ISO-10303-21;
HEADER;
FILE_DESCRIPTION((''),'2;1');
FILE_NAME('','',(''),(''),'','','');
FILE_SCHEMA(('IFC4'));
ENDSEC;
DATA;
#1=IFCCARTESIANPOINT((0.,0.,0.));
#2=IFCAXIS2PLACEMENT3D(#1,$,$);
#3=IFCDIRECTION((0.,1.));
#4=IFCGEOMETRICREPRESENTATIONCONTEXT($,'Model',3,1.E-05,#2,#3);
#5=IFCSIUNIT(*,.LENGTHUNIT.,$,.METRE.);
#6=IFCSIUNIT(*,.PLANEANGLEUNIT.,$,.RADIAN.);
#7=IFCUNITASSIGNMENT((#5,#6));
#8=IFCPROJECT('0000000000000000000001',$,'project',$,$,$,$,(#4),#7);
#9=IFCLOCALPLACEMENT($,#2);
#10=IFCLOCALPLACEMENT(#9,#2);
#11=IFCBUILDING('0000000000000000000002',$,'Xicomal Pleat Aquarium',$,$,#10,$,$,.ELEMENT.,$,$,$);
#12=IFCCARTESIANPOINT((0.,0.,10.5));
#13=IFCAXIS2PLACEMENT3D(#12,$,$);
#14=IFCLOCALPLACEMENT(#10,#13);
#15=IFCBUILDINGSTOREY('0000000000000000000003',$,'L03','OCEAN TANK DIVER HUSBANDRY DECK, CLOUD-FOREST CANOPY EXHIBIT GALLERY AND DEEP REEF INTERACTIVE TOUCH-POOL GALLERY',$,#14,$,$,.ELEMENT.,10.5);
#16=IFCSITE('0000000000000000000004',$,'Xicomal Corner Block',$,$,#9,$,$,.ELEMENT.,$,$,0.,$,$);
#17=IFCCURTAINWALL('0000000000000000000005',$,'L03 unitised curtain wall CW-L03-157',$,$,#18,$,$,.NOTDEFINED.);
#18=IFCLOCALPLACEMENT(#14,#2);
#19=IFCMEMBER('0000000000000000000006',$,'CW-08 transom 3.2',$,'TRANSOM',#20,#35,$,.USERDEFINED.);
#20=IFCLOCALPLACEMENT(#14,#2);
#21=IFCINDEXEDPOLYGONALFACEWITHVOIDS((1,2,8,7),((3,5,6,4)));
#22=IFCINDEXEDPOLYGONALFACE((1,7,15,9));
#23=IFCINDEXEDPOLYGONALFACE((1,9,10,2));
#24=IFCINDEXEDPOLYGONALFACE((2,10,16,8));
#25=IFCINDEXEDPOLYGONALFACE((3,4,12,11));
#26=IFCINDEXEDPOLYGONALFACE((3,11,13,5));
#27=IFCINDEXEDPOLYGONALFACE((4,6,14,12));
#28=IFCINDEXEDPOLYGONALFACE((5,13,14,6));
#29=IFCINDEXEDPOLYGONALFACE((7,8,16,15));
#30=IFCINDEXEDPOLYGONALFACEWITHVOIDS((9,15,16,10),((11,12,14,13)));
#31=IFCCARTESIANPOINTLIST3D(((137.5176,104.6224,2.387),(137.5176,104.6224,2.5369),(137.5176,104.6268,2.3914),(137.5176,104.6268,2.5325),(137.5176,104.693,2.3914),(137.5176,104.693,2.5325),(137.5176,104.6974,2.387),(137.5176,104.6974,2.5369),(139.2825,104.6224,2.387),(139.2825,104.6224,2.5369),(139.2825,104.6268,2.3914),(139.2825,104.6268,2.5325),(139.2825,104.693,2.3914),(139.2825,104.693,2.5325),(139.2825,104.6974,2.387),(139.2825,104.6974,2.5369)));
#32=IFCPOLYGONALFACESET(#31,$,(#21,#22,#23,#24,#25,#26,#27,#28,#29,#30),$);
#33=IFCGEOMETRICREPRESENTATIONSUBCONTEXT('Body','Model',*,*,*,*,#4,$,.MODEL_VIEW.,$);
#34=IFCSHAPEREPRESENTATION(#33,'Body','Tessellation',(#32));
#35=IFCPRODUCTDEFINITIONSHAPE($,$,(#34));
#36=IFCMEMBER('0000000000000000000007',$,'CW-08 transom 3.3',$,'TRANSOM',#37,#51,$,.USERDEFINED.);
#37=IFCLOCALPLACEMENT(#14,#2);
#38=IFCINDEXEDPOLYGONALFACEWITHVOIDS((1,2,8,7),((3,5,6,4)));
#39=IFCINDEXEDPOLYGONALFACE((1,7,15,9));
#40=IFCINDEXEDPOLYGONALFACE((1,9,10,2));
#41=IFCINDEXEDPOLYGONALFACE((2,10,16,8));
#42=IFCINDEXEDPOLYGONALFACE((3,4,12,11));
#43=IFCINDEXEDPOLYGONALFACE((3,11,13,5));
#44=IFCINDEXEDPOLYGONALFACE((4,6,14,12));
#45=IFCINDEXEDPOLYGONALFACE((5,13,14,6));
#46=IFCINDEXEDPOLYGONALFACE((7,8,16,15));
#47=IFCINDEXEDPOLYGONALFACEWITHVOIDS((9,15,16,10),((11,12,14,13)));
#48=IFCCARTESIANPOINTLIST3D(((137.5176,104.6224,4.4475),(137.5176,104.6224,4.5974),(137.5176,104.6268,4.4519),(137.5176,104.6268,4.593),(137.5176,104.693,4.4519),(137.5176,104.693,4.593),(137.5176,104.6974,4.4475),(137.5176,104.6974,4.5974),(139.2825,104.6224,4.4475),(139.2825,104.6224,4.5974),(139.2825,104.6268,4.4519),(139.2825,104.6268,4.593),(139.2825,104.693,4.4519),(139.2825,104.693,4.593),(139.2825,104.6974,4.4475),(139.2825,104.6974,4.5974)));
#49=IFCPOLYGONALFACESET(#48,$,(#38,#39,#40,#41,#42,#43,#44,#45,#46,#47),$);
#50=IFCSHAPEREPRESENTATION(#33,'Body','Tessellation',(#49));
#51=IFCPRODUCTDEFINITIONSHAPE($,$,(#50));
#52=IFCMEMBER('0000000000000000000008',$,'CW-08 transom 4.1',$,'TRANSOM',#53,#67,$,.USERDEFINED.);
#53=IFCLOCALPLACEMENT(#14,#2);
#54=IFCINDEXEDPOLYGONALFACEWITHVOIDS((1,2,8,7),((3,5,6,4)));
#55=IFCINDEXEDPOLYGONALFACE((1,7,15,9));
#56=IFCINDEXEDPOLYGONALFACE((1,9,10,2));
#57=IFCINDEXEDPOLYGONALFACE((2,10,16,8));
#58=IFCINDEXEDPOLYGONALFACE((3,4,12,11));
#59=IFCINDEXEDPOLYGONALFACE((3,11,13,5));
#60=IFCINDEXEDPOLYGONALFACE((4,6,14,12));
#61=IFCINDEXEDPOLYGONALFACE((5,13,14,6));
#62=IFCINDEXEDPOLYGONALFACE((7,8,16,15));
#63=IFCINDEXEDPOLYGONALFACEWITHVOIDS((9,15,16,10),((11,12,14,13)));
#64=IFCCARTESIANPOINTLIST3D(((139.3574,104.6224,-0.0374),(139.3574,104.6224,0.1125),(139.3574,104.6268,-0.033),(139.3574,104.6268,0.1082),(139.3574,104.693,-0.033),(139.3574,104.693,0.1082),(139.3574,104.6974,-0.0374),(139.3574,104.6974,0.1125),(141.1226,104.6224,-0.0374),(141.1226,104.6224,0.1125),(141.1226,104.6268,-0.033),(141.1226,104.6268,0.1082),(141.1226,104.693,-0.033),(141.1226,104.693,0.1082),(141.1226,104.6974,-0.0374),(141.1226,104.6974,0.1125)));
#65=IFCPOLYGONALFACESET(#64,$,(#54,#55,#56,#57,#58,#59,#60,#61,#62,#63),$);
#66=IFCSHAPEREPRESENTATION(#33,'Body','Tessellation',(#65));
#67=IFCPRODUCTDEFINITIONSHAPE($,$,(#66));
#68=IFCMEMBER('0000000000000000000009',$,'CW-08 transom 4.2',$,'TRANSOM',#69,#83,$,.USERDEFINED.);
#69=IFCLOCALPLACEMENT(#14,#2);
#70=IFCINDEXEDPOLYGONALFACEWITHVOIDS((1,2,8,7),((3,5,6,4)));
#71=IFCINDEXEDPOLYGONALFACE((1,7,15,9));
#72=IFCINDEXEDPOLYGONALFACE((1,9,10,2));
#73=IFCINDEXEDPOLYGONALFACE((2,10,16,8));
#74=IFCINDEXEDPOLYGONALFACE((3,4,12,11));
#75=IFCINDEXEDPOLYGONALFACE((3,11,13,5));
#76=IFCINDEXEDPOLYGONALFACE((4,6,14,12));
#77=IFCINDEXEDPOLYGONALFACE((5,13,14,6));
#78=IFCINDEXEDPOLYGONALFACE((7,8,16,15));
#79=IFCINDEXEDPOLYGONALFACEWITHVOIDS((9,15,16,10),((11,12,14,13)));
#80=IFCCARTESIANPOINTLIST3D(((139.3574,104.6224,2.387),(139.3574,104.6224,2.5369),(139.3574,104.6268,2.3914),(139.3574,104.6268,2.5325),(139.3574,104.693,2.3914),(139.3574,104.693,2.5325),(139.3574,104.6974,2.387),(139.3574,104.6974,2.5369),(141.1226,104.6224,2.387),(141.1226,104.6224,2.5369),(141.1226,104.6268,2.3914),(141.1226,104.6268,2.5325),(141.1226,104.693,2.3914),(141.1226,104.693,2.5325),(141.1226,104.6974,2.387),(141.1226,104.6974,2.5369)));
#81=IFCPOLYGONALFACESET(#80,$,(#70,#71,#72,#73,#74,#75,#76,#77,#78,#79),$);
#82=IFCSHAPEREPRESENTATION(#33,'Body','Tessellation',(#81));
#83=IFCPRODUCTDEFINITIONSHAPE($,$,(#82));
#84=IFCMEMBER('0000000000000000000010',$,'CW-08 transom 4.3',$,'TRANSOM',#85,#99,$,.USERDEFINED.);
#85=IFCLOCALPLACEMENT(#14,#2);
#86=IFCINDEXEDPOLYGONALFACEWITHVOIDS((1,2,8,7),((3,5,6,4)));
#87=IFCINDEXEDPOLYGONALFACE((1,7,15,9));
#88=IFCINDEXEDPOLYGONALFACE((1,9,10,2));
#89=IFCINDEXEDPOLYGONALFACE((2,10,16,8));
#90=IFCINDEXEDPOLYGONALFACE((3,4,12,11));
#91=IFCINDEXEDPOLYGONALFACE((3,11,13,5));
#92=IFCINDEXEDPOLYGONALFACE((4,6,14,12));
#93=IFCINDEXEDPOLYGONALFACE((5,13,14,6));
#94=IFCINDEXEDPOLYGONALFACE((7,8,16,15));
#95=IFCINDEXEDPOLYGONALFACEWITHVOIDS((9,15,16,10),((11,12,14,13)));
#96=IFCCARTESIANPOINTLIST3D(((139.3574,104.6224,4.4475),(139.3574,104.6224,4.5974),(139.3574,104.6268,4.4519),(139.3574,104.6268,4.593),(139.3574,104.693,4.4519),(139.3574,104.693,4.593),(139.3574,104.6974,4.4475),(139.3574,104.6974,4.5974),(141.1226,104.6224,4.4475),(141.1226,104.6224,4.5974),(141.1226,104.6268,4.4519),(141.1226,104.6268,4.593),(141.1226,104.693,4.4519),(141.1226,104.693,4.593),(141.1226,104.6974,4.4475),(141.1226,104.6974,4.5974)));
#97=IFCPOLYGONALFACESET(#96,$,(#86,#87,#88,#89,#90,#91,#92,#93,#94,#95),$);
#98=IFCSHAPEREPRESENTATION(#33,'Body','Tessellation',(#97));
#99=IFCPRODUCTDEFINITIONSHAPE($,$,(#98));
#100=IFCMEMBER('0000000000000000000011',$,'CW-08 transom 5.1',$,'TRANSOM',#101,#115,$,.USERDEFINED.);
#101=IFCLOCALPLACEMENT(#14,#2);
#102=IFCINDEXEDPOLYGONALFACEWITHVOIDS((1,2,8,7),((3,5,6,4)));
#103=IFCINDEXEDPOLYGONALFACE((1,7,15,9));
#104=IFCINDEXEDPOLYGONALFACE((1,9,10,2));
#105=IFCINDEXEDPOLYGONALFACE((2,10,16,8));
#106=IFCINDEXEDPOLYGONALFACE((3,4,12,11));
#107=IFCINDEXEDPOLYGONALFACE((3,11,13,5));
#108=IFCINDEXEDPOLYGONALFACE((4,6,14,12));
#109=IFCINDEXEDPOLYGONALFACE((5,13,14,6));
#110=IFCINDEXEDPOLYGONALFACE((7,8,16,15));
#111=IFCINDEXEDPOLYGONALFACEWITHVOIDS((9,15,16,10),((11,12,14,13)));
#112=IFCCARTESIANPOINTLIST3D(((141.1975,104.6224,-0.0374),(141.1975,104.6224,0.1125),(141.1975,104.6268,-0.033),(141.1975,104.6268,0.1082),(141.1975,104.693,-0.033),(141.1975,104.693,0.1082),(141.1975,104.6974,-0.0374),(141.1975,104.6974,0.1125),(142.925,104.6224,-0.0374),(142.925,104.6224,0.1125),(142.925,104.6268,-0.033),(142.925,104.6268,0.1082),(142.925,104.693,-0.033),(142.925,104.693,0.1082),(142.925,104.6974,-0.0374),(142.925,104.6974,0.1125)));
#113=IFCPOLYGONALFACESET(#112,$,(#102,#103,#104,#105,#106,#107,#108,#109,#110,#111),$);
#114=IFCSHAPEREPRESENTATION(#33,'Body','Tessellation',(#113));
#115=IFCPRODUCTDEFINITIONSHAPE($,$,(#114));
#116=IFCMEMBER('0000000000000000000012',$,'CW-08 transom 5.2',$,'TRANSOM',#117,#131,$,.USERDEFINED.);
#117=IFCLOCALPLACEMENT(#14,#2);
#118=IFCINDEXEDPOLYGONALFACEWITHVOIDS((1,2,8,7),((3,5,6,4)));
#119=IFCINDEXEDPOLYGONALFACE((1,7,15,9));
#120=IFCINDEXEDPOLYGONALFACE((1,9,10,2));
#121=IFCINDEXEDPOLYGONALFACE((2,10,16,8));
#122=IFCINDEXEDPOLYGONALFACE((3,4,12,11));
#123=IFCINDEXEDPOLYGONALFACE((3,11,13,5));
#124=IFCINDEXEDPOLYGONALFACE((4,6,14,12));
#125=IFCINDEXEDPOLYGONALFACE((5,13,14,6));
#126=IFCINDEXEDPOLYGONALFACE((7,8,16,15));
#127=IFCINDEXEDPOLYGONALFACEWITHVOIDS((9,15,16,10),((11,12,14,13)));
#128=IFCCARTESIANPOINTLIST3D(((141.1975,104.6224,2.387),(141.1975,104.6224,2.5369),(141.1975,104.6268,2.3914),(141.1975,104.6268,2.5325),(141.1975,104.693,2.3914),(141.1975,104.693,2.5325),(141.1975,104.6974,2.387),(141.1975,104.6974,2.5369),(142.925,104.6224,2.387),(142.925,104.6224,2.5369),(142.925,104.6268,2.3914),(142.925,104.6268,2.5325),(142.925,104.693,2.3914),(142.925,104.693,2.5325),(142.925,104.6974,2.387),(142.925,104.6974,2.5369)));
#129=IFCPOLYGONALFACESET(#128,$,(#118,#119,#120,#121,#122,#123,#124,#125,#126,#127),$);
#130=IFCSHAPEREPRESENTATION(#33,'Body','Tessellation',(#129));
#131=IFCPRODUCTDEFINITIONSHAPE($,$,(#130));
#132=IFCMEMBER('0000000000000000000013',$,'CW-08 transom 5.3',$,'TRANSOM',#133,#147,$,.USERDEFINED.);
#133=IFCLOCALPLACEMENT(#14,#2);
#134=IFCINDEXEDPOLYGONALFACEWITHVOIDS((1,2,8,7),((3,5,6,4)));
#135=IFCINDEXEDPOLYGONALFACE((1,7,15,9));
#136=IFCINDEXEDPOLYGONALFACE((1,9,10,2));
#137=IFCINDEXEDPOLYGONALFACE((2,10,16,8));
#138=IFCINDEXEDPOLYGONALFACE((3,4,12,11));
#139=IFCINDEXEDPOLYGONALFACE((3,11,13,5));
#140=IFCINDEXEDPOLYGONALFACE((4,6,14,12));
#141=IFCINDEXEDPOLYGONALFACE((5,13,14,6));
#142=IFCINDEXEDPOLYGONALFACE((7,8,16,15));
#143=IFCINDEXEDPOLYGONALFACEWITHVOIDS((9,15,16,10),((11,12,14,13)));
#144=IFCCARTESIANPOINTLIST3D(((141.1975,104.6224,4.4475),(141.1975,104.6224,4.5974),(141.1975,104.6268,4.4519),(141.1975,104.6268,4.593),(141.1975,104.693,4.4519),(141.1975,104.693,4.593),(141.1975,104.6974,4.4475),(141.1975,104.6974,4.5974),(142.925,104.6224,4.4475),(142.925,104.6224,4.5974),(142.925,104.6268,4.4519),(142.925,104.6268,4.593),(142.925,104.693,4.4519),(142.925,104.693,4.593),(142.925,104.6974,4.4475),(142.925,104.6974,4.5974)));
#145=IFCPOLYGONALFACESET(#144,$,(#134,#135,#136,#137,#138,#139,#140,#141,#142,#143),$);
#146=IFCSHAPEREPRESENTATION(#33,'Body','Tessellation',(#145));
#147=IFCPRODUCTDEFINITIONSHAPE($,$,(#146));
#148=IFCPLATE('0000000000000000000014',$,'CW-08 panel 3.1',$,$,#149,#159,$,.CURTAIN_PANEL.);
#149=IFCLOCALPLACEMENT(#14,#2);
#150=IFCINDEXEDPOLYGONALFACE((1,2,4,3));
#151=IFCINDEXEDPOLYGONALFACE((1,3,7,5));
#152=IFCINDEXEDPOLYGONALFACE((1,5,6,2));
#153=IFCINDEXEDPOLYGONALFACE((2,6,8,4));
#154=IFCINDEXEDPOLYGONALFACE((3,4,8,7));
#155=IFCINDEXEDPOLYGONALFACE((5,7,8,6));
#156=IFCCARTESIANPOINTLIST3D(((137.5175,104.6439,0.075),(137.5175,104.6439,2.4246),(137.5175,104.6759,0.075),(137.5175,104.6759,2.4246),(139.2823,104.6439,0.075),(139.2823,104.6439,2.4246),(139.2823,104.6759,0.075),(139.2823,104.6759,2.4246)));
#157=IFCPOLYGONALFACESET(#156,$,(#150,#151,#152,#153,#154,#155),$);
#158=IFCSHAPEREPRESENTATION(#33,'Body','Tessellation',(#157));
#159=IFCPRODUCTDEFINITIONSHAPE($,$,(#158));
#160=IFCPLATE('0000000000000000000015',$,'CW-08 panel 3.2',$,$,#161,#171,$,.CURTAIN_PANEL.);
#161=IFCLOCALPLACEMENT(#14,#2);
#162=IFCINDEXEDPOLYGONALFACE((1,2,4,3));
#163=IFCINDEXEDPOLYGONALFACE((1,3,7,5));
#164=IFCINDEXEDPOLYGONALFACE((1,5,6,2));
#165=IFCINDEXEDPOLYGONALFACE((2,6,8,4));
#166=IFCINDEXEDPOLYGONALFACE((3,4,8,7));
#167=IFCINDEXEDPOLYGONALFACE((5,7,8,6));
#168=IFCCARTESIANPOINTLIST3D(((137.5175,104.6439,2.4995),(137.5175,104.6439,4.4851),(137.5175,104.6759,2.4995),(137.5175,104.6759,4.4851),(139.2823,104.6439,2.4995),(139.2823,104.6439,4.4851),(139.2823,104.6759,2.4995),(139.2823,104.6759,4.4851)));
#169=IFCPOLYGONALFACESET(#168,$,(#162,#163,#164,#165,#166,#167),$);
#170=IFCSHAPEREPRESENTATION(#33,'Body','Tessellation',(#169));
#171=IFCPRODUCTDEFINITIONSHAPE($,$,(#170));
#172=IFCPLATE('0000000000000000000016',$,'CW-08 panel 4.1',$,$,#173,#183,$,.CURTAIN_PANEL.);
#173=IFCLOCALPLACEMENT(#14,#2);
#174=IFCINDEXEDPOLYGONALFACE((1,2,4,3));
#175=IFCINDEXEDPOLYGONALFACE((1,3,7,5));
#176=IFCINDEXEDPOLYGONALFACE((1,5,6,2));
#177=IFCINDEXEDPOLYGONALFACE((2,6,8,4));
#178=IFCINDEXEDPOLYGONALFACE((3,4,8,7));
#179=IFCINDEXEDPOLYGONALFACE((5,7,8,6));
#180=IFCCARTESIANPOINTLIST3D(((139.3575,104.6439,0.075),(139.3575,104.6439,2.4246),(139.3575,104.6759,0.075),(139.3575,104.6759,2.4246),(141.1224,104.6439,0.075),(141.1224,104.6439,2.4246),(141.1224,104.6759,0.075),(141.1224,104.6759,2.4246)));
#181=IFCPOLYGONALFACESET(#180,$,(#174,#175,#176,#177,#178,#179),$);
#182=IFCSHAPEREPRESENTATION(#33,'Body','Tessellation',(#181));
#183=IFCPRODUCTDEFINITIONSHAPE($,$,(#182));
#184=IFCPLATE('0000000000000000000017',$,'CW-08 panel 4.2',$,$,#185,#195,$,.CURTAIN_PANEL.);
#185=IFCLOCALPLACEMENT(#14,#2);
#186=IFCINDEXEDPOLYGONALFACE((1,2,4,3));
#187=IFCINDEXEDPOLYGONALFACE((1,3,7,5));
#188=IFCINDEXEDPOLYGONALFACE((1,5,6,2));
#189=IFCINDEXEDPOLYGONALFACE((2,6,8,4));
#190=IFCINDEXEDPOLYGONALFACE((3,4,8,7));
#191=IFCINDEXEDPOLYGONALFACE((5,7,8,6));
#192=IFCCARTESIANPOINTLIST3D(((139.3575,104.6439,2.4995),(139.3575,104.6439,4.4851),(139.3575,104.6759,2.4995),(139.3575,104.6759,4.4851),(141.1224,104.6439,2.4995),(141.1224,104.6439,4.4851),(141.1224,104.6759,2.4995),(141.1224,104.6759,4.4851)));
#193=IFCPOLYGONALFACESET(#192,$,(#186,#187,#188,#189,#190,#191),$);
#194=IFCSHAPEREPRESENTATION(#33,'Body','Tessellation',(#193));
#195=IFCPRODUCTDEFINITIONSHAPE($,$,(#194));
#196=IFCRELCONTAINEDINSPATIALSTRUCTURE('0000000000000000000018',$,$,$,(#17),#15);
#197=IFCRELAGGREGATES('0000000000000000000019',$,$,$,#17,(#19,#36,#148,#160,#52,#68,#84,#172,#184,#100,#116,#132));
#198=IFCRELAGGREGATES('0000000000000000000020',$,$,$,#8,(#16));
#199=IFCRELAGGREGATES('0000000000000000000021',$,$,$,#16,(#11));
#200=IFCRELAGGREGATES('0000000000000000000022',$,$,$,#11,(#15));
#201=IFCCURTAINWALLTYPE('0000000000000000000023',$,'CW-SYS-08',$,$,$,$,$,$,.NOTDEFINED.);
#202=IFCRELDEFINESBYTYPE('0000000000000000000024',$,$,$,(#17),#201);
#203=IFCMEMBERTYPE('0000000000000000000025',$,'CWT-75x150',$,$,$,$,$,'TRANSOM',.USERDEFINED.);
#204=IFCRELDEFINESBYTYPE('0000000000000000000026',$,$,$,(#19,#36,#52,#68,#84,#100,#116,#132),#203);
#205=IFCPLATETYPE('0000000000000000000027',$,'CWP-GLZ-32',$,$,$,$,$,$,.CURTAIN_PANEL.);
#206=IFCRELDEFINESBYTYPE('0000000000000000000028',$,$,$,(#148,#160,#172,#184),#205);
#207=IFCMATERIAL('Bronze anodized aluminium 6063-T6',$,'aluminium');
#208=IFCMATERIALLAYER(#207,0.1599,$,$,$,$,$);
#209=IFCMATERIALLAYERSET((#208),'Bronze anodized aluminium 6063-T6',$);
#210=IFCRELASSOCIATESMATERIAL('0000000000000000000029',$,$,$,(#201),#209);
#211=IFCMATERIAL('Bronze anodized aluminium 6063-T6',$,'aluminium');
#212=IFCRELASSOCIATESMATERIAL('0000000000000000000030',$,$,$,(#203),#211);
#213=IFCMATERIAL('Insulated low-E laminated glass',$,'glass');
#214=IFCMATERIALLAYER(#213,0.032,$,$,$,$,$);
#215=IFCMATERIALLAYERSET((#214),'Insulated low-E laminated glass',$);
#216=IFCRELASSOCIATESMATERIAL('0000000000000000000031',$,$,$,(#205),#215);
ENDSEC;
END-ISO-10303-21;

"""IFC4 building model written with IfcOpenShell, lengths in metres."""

from ifc_helpers import new_model, si_unit, direction, frame, origin, origin_2d, place, context, subcontext, project, spatial, rectangle, hollow_rectangle, extrude, material, layer, layer_set, material_profile, profile_set, type_object, element, aggregate, save


model = new_model("IFC4")

# Units and contexts
model_context = context("Model", 3, precision=1e-05, world=origin(), true_north=direction((0.0, 1.0)))
body_context = subcontext(model_context, "Body", "Model", "MODEL_VIEW")
ifc_project = project(units=[si_unit("LENGTHUNIT", "METRE"), si_unit("PLANEANGLEUNIT", "RADIAN")], contexts=[model_context])

# Site, building, storey
site_placement = place(None, origin())
site = spatial("IfcSite", under=ifc_project, at=site_placement, Name="Xicomal Corner Block", CompositionType="ELEMENT", RefElevation=0.0)
building_placement = place(site_placement, origin())
building = spatial("IfcBuilding", under=site, at=building_placement, Name="Xicomal Pleat Aquarium", CompositionType="ELEMENT")
storey_placement = place(building_placement, frame((0.0, 0.0, 10.5)))
storey = spatial("IfcBuildingStorey", under=building, at=storey_placement, Name="L03", Description="OCEAN TANK DIVER HUSBANDRY DECK, CLOUD-FOREST CANOPY EXHIBIT GALLERY AND DEEP REEF INTERACTIVE TOUCH-POOL GALLERY", CompositionType="ELEMENT", Elevation=10.5)

# Curtain wall, members, plates
ifc_material_1 = material(Name="Bronze anodized aluminium 6063-T6", Category="aluminium")
ifc_layer_1 = layer(ifc_material_1, 0.1599)
ifc_layer_set_1 = layer_set([ifc_layer_1], Name="Bronze anodized aluminium 6063-T6")
curtain_wall_type = type_object("IfcCurtainWallType", Name="CW-SYS-08", PredefinedType="NOTDEFINED", material=ifc_layer_set_1)
curtain_wall_placement = place(storey_placement, origin())
curtain_wall = element("IfcCurtainWall", 1, at=curtain_wall_placement, inside=storey, type_object=curtain_wall_type, Name="L03 unitised curtain wall CW-L03-157", PredefinedType="NOTDEFINED")
ifc_material_2 = material(Name="Bronze anodized aluminium 6063-T6", Category="aluminium")
ifc_material_profile_1 = material_profile(ifc_material_2, hollow_rectangle(XDim=0.075, YDim=0.1499, WallThickness=0.0044, at=origin_2d()), Name="ALU TRAN 75x150")
ifc_profile_set_1 = profile_set([ifc_material_profile_1], Name="Bronze anodized aluminium 6063-T6")
member_type_1 = type_object("IfcMemberType", Name="CWT-75x150", ElementType="TRANSOM", PredefinedType="USERDEFINED", material=ifc_profile_set_1)
member_1_placement = place(storey_placement, frame((137.5176, 104.6599, 2.4619), z_axis=(1.0, 0.0, 0.0), x_axis=(0.0, 1.0, 0.0)))
member_1 = element("IfcMember", 2, at=member_1_placement, type_object=member_type_1, Name="CW-08 transom 3.2", ObjectType="TRANSOM", PredefinedType="USERDEFINED", context=body_context, shape_type="SweptSolid", body=[
    extrude(hollow_rectangle(XDim=0.075, YDim=0.1499, WallThickness=0.0044, at=origin_2d()), origin(), (0.0, 0.0, 1.0), 1.7649),
])
member_2_placement = place(storey_placement, frame((137.5176, 104.6599, 4.5225), z_axis=(1.0, 0.0, 0.0), x_axis=(0.0, 1.0, 0.0)))
member_2 = element("IfcMember", 3, at=member_2_placement, type_object=member_type_1, Name="CW-08 transom 3.3", ObjectType="TRANSOM", PredefinedType="USERDEFINED", context=body_context, shape_type="SweptSolid", body=[
    extrude(hollow_rectangle(XDim=0.075, YDim=0.1499, WallThickness=0.0044, at=origin_2d()), origin(), (0.0, 0.0, 1.0), 1.7649),
])
member_3_placement = place(storey_placement, frame((139.3574, 104.6599, 0.0376), z_axis=(1.0, 0.0, 0.0), x_axis=(0.0, 1.0, 0.0)))
member_3 = element("IfcMember", 4, at=member_3_placement, type_object=member_type_1, Name="CW-08 transom 4.1", ObjectType="TRANSOM", PredefinedType="USERDEFINED", context=body_context, shape_type="SweptSolid", body=[
    extrude(hollow_rectangle(XDim=0.075, YDim=0.1499, WallThickness=0.0044, at=origin_2d()), origin(), (0.0, 0.0, 1.0), 1.7651),
])
member_4_placement = place(storey_placement, frame((139.3574, 104.6599, 2.4619), z_axis=(1.0, 0.0, 0.0), x_axis=(0.0, 1.0, 0.0)))
member_4 = element("IfcMember", 5, at=member_4_placement, type_object=member_type_1, Name="CW-08 transom 4.2", ObjectType="TRANSOM", PredefinedType="USERDEFINED", context=body_context, shape_type="SweptSolid", body=[
    extrude(hollow_rectangle(XDim=0.075, YDim=0.1499, WallThickness=0.0044, at=origin_2d()), origin(), (0.0, 0.0, 1.0), 1.7651),
])
member_5_placement = place(storey_placement, frame((139.3574, 104.6599, 4.5225), z_axis=(1.0, 0.0, 0.0), x_axis=(0.0, 1.0, 0.0)))
member_5 = element("IfcMember", 6, at=member_5_placement, type_object=member_type_1, Name="CW-08 transom 4.3", ObjectType="TRANSOM", PredefinedType="USERDEFINED", context=body_context, shape_type="SweptSolid", body=[
    extrude(hollow_rectangle(XDim=0.075, YDim=0.1499, WallThickness=0.0044, at=origin_2d()), origin(), (0.0, 0.0, 1.0), 1.7651),
])
member_6_placement = place(storey_placement, frame((141.1975, 104.6599, 0.0376), z_axis=(1.0, 0.0, 0.0), x_axis=(0.0, 1.0, 0.0)))
member_6 = element("IfcMember", 7, at=member_6_placement, type_object=member_type_1, Name="CW-08 transom 5.1", ObjectType="TRANSOM", PredefinedType="USERDEFINED", context=body_context, shape_type="SweptSolid", body=[
    extrude(hollow_rectangle(XDim=0.075, YDim=0.1499, WallThickness=0.0044, at=origin_2d()), origin(), (0.0, 0.0, 1.0), 1.7275),
])
member_7_placement = place(storey_placement, frame((141.1975, 104.6599, 2.4619), z_axis=(1.0, 0.0, 0.0), x_axis=(0.0, 1.0, 0.0)))
member_7 = element("IfcMember", 8, at=member_7_placement, type_object=member_type_1, Name="CW-08 transom 5.2", ObjectType="TRANSOM", PredefinedType="USERDEFINED", context=body_context, shape_type="SweptSolid", body=[
    extrude(hollow_rectangle(XDim=0.075, YDim=0.1499, WallThickness=0.0044, at=origin_2d()), origin(), (0.0, 0.0, 1.0), 1.7275),
])
member_8_placement = place(storey_placement, frame((141.1975, 104.6599, 4.5225), z_axis=(1.0, 0.0, 0.0), x_axis=(0.0, 1.0, 0.0)))
member_8 = element("IfcMember", 9, at=member_8_placement, type_object=member_type_1, Name="CW-08 transom 5.3", ObjectType="TRANSOM", PredefinedType="USERDEFINED", context=body_context, shape_type="SweptSolid", body=[
    extrude(hollow_rectangle(XDim=0.075, YDim=0.1499, WallThickness=0.0044, at=origin_2d()), origin(), (0.0, 0.0, 1.0), 1.7275),
])
ifc_material_3 = material(Name="Insulated low-E laminated glass", Category="glass")
ifc_layer_2 = layer(ifc_material_3, 0.032)
ifc_layer_set_2 = layer_set([ifc_layer_2], Name="Insulated low-E laminated glass")
plate_type = type_object("IfcPlateType", Name="CWP-GLZ-32", PredefinedType="CURTAIN_PANEL", material=ifc_layer_set_2)
plate_1_placement = place(storey_placement, frame((138.3999, 104.6599, 0.075), z_axis=(0.0, 0.0, 1.0), x_axis=(1.0, 0.0, 0.0)))
plate_1 = element("IfcPlate", 10, at=plate_1_placement, type_object=plate_type, Name="CW-08 panel 3.1", PredefinedType="CURTAIN_PANEL", context=body_context, shape_type="SweptSolid", body=[
    extrude(rectangle(XDim=1.7649, YDim=0.032, at=origin_2d()), origin(), (0.0, 0.0, 1.0), 2.3496),
])
plate_2_placement = place(storey_placement, frame((138.3999, 104.6599, 2.4995), z_axis=(0.0, 0.0, 1.0), x_axis=(1.0, 0.0, 0.0)))
plate_2 = element("IfcPlate", 11, at=plate_2_placement, type_object=plate_type, Name="CW-08 panel 3.2", PredefinedType="CURTAIN_PANEL", context=body_context, shape_type="SweptSolid", body=[
    extrude(rectangle(XDim=1.7649, YDim=0.032, at=origin_2d()), origin(), (0.0, 0.0, 1.0), 1.9856),
])
plate_3_placement = place(storey_placement, frame((140.24, 104.6599, 0.075), z_axis=(0.0, 0.0, 1.0), x_axis=(1.0, 0.0, 0.0)))
plate_3 = element("IfcPlate", 12, at=plate_3_placement, type_object=plate_type, Name="CW-08 panel 4.1", PredefinedType="CURTAIN_PANEL", context=body_context, shape_type="SweptSolid", body=[
    extrude(rectangle(XDim=1.7649, YDim=0.032, at=origin_2d()), origin(), (0.0, 0.0, 1.0), 2.3496),
])
plate_4_placement = place(storey_placement, frame((140.24, 104.6599, 2.4995), z_axis=(0.0, 0.0, 1.0), x_axis=(1.0, 0.0, 0.0)))
plate_4 = element("IfcPlate", 13, at=plate_4_placement, type_object=plate_type, Name="CW-08 panel 4.2", PredefinedType="CURTAIN_PANEL", context=body_context, shape_type="SweptSolid", body=[
    extrude(rectangle(XDim=1.7649, YDim=0.032, at=origin_2d()), origin(), (0.0, 0.0, 1.0), 1.9856),
])
aggregate(curtain_wall, [member_1, member_2, plate_1, plate_2, member_3, member_4, member_5, plate_3, plate_4, member_6, member_7, member_8])

save(model, "model.ifc")
